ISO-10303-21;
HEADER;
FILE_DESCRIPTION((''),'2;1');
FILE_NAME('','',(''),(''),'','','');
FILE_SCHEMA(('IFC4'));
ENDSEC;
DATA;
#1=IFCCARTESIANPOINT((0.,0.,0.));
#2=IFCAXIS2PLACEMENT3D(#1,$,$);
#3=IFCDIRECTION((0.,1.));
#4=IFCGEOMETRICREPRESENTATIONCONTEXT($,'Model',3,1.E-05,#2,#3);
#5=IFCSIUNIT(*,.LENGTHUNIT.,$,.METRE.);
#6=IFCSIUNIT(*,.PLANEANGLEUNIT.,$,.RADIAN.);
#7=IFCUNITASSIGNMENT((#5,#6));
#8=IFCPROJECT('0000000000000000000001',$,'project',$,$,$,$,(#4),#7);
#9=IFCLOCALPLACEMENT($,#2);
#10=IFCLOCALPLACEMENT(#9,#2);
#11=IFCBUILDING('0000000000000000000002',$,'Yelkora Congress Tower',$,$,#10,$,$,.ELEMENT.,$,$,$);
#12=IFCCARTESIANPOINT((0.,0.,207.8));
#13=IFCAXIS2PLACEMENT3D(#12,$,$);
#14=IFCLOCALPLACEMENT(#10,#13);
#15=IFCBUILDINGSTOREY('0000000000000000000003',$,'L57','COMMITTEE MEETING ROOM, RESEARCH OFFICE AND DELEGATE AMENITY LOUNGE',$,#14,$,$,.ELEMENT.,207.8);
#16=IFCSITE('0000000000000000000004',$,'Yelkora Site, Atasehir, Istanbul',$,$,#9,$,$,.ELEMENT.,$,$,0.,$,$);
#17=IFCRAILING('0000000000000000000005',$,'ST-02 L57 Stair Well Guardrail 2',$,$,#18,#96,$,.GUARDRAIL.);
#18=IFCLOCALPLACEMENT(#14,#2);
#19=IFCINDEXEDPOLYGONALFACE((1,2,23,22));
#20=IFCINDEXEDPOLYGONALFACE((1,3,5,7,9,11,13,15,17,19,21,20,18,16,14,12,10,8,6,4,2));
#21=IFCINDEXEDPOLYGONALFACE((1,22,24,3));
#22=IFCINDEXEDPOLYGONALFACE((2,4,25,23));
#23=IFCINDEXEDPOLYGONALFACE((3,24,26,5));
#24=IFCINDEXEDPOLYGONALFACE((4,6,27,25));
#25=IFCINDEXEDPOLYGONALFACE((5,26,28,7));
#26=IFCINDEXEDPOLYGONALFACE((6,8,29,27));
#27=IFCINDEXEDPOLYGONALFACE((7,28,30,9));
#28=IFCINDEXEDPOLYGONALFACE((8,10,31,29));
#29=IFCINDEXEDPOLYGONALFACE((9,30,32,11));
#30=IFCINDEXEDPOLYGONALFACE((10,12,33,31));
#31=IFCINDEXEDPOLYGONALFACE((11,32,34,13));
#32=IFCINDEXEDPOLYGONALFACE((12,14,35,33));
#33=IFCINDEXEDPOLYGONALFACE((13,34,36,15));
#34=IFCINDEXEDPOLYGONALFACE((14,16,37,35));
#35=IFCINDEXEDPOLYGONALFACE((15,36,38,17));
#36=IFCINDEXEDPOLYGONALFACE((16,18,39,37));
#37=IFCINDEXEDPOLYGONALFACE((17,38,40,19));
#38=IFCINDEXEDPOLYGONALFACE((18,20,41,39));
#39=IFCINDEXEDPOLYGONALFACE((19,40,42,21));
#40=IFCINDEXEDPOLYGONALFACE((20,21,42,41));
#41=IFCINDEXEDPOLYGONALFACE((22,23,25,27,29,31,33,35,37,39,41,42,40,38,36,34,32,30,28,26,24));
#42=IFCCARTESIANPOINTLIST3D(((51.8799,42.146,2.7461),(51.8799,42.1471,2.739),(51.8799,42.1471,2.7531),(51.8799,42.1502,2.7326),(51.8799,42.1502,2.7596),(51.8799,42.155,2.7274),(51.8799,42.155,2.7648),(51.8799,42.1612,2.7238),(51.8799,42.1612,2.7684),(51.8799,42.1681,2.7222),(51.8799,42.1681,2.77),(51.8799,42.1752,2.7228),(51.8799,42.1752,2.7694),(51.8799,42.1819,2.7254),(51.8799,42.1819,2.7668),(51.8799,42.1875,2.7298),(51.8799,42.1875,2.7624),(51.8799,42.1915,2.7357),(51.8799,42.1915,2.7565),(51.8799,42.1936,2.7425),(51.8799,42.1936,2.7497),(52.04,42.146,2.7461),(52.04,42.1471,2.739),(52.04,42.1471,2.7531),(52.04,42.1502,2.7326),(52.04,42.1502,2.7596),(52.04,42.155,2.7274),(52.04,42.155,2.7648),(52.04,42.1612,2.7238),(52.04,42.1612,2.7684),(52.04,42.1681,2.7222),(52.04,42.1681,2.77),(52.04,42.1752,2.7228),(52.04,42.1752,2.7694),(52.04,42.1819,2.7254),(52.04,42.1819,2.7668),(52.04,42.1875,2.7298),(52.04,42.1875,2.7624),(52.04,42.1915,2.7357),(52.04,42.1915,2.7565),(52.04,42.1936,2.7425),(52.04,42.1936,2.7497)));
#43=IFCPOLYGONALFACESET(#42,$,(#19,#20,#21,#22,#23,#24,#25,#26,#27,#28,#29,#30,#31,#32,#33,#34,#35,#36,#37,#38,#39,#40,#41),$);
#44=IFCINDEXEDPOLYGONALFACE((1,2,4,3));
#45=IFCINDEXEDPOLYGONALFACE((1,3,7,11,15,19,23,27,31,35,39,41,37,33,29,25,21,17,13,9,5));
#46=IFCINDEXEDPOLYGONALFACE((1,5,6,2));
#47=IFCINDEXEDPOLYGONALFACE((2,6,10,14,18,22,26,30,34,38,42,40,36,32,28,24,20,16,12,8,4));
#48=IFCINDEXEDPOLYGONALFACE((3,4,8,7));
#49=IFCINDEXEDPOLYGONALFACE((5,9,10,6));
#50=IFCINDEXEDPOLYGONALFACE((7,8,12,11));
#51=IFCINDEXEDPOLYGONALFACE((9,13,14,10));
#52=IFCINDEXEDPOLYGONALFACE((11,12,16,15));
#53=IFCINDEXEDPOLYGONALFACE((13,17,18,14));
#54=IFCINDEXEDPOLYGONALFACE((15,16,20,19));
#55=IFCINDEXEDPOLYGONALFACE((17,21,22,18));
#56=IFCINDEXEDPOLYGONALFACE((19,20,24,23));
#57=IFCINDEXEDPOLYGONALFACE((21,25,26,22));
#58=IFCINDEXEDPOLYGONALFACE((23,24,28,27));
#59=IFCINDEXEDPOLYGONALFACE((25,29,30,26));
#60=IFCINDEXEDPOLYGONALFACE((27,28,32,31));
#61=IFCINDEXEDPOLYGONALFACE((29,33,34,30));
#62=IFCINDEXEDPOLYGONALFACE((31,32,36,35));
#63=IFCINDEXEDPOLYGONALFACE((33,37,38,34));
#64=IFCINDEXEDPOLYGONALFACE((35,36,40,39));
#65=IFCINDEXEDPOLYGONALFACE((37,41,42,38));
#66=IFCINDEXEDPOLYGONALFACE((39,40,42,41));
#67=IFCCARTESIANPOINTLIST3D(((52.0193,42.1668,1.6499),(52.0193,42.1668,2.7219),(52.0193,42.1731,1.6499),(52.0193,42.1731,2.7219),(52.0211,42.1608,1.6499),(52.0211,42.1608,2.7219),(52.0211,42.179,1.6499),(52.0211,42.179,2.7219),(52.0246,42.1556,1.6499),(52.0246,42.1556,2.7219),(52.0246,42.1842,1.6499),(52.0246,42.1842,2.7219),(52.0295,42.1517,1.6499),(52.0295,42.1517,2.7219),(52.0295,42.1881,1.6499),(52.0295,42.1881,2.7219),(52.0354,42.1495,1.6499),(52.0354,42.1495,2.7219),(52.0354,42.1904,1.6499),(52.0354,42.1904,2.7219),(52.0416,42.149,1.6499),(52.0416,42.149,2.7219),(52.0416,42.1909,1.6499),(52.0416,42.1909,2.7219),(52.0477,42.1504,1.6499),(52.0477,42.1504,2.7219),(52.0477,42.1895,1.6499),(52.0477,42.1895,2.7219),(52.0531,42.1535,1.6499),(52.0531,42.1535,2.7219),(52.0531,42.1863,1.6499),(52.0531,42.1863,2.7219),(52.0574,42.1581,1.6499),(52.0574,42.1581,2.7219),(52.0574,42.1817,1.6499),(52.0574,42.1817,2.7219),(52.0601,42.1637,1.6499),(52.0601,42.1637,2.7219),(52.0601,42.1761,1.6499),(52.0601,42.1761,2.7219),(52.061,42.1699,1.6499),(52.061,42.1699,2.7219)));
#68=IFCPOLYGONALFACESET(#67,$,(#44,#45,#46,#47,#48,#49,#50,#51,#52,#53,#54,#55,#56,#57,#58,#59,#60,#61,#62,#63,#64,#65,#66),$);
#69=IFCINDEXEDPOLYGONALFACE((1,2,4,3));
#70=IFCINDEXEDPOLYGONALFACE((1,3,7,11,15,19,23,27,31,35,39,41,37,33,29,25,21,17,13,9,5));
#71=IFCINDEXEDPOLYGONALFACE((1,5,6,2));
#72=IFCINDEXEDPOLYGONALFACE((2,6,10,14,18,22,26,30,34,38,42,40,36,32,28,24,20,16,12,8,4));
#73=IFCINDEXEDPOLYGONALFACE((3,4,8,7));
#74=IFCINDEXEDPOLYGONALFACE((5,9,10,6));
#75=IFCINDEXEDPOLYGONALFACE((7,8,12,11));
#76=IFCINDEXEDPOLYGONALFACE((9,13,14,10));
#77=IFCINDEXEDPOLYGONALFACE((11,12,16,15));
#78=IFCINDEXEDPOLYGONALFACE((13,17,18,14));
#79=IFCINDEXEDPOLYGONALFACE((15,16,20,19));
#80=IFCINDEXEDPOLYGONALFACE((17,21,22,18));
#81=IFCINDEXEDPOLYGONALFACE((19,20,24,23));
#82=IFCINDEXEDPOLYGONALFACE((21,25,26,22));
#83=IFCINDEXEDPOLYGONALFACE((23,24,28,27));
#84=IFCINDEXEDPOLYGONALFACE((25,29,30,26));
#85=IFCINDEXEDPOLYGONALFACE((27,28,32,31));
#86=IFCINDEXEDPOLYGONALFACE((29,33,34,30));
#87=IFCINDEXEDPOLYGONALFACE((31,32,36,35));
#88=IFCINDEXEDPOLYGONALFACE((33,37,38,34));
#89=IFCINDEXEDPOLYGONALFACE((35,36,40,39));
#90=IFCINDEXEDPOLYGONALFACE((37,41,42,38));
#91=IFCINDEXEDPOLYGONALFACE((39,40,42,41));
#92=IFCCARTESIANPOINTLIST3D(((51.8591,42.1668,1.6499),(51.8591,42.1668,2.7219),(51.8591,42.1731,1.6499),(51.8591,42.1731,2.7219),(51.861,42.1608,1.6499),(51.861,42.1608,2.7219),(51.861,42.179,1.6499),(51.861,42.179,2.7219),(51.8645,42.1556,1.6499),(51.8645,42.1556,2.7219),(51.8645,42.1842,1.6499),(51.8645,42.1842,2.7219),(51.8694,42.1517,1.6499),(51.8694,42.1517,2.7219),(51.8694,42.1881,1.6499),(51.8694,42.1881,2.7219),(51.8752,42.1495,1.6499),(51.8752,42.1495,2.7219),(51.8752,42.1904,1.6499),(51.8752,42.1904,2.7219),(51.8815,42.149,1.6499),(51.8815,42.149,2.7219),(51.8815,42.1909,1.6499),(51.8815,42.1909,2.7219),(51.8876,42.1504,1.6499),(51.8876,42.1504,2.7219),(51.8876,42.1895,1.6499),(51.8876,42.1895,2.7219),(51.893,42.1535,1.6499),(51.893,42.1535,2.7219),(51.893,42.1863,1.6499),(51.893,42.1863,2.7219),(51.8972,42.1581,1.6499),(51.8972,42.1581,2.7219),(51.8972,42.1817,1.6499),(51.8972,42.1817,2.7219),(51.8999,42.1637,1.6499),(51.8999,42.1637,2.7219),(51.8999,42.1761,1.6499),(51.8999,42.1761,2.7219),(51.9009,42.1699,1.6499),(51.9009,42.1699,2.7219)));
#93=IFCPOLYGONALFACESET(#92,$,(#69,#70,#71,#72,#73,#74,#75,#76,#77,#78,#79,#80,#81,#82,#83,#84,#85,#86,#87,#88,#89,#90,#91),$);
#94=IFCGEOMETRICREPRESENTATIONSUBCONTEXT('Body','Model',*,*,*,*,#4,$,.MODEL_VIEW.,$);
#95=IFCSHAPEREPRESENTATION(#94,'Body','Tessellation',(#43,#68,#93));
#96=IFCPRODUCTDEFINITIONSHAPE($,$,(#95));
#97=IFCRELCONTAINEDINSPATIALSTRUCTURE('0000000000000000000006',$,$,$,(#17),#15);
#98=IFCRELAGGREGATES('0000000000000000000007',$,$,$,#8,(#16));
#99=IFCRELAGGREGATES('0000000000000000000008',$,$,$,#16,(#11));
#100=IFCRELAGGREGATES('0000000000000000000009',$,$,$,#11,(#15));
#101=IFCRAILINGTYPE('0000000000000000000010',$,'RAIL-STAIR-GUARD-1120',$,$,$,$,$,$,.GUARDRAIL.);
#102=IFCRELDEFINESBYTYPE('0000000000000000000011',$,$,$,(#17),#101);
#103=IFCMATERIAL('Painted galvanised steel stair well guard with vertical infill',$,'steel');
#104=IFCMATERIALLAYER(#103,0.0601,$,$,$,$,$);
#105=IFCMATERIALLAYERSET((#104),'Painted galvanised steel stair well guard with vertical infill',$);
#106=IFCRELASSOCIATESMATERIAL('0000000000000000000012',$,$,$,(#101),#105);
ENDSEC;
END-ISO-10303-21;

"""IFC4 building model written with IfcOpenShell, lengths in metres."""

from ifc_helpers import new_model, si_unit, direction, frame, origin, origin_2d, place, context, subcontext, project, spatial, circle, extrude, material, layer, layer_set, type_object, element, save


model = new_model("IFC4")

# Units and contexts
model_context = context("Model", 3, precision=1e-05, world=origin(), true_north=direction((0.0, 1.0)))
body_context = subcontext(model_context, "Body", "Model", "MODEL_VIEW")
ifc_project = project(units=[si_unit("LENGTHUNIT", "METRE"), si_unit("PLANEANGLEUNIT", "RADIAN")], contexts=[model_context])

# Site, building, storey
site_placement = place(None, origin())
site = spatial("IfcSite", under=ifc_project, at=site_placement, Name="Yelkora Site, Atasehir, Istanbul", CompositionType="ELEMENT", RefElevation=0.0)
building_placement = place(site_placement, origin())
building = spatial("IfcBuilding", under=site, at=building_placement, Name="Yelkora Congress Tower", CompositionType="ELEMENT")
storey_placement = place(building_placement, frame((0.0, 0.0, 207.8)))
storey = spatial("IfcBuildingStorey", under=building, at=storey_placement, Name="L57", Description="COMMITTEE MEETING ROOM, RESEARCH OFFICE AND DELEGATE AMENITY LOUNGE", CompositionType="ELEMENT", Elevation=207.8)

# Railing
ifc_material_1 = material(Name="Painted galvanised steel stair well guard with vertical infill", Category="steel")
ifc_layer_1 = layer(ifc_material_1, 0.0601)
ifc_layer_set_1 = layer_set([ifc_layer_1], Name="Painted galvanised steel stair well guard with vertical infill")
railing_type_1 = type_object("IfcRailingType", Name="RAIL-STAIR-GUARD-1120", PredefinedType="GUARDRAIL", material=ifc_layer_set_1)
railing_1_placement = place(storey_placement, frame((52.04, 42.1699, 1.6499)))
element("IfcRailing", 1, at=railing_1_placement, inside=storey, type_object=railing_type_1, Name="ST-02 L57 Stair Well Guardrail 2", PredefinedType="GUARDRAIL", context=body_context, shape_type="SweptSolid", body=[
    extrude(circle(Radius=0.0239, at=origin_2d()), frame((0.0, 0.0, 1.0962), z_axis=(-1.0, 0.0, 0.0), x_axis=(0.0, -1.0, 0.0)), (0.0, 0.0, 1.0), 0.1602),
    extrude(circle(Radius=0.021, at=origin_2d()), origin(), (0.0, 0.0, 1.0), 1.072),
    extrude(circle(Radius=0.021, at=origin_2d()), frame((-0.1602, 0.0, 0.0)), (0.0, 0.0, 1.0), 1.072),
])

save(model, "model.ifc")
